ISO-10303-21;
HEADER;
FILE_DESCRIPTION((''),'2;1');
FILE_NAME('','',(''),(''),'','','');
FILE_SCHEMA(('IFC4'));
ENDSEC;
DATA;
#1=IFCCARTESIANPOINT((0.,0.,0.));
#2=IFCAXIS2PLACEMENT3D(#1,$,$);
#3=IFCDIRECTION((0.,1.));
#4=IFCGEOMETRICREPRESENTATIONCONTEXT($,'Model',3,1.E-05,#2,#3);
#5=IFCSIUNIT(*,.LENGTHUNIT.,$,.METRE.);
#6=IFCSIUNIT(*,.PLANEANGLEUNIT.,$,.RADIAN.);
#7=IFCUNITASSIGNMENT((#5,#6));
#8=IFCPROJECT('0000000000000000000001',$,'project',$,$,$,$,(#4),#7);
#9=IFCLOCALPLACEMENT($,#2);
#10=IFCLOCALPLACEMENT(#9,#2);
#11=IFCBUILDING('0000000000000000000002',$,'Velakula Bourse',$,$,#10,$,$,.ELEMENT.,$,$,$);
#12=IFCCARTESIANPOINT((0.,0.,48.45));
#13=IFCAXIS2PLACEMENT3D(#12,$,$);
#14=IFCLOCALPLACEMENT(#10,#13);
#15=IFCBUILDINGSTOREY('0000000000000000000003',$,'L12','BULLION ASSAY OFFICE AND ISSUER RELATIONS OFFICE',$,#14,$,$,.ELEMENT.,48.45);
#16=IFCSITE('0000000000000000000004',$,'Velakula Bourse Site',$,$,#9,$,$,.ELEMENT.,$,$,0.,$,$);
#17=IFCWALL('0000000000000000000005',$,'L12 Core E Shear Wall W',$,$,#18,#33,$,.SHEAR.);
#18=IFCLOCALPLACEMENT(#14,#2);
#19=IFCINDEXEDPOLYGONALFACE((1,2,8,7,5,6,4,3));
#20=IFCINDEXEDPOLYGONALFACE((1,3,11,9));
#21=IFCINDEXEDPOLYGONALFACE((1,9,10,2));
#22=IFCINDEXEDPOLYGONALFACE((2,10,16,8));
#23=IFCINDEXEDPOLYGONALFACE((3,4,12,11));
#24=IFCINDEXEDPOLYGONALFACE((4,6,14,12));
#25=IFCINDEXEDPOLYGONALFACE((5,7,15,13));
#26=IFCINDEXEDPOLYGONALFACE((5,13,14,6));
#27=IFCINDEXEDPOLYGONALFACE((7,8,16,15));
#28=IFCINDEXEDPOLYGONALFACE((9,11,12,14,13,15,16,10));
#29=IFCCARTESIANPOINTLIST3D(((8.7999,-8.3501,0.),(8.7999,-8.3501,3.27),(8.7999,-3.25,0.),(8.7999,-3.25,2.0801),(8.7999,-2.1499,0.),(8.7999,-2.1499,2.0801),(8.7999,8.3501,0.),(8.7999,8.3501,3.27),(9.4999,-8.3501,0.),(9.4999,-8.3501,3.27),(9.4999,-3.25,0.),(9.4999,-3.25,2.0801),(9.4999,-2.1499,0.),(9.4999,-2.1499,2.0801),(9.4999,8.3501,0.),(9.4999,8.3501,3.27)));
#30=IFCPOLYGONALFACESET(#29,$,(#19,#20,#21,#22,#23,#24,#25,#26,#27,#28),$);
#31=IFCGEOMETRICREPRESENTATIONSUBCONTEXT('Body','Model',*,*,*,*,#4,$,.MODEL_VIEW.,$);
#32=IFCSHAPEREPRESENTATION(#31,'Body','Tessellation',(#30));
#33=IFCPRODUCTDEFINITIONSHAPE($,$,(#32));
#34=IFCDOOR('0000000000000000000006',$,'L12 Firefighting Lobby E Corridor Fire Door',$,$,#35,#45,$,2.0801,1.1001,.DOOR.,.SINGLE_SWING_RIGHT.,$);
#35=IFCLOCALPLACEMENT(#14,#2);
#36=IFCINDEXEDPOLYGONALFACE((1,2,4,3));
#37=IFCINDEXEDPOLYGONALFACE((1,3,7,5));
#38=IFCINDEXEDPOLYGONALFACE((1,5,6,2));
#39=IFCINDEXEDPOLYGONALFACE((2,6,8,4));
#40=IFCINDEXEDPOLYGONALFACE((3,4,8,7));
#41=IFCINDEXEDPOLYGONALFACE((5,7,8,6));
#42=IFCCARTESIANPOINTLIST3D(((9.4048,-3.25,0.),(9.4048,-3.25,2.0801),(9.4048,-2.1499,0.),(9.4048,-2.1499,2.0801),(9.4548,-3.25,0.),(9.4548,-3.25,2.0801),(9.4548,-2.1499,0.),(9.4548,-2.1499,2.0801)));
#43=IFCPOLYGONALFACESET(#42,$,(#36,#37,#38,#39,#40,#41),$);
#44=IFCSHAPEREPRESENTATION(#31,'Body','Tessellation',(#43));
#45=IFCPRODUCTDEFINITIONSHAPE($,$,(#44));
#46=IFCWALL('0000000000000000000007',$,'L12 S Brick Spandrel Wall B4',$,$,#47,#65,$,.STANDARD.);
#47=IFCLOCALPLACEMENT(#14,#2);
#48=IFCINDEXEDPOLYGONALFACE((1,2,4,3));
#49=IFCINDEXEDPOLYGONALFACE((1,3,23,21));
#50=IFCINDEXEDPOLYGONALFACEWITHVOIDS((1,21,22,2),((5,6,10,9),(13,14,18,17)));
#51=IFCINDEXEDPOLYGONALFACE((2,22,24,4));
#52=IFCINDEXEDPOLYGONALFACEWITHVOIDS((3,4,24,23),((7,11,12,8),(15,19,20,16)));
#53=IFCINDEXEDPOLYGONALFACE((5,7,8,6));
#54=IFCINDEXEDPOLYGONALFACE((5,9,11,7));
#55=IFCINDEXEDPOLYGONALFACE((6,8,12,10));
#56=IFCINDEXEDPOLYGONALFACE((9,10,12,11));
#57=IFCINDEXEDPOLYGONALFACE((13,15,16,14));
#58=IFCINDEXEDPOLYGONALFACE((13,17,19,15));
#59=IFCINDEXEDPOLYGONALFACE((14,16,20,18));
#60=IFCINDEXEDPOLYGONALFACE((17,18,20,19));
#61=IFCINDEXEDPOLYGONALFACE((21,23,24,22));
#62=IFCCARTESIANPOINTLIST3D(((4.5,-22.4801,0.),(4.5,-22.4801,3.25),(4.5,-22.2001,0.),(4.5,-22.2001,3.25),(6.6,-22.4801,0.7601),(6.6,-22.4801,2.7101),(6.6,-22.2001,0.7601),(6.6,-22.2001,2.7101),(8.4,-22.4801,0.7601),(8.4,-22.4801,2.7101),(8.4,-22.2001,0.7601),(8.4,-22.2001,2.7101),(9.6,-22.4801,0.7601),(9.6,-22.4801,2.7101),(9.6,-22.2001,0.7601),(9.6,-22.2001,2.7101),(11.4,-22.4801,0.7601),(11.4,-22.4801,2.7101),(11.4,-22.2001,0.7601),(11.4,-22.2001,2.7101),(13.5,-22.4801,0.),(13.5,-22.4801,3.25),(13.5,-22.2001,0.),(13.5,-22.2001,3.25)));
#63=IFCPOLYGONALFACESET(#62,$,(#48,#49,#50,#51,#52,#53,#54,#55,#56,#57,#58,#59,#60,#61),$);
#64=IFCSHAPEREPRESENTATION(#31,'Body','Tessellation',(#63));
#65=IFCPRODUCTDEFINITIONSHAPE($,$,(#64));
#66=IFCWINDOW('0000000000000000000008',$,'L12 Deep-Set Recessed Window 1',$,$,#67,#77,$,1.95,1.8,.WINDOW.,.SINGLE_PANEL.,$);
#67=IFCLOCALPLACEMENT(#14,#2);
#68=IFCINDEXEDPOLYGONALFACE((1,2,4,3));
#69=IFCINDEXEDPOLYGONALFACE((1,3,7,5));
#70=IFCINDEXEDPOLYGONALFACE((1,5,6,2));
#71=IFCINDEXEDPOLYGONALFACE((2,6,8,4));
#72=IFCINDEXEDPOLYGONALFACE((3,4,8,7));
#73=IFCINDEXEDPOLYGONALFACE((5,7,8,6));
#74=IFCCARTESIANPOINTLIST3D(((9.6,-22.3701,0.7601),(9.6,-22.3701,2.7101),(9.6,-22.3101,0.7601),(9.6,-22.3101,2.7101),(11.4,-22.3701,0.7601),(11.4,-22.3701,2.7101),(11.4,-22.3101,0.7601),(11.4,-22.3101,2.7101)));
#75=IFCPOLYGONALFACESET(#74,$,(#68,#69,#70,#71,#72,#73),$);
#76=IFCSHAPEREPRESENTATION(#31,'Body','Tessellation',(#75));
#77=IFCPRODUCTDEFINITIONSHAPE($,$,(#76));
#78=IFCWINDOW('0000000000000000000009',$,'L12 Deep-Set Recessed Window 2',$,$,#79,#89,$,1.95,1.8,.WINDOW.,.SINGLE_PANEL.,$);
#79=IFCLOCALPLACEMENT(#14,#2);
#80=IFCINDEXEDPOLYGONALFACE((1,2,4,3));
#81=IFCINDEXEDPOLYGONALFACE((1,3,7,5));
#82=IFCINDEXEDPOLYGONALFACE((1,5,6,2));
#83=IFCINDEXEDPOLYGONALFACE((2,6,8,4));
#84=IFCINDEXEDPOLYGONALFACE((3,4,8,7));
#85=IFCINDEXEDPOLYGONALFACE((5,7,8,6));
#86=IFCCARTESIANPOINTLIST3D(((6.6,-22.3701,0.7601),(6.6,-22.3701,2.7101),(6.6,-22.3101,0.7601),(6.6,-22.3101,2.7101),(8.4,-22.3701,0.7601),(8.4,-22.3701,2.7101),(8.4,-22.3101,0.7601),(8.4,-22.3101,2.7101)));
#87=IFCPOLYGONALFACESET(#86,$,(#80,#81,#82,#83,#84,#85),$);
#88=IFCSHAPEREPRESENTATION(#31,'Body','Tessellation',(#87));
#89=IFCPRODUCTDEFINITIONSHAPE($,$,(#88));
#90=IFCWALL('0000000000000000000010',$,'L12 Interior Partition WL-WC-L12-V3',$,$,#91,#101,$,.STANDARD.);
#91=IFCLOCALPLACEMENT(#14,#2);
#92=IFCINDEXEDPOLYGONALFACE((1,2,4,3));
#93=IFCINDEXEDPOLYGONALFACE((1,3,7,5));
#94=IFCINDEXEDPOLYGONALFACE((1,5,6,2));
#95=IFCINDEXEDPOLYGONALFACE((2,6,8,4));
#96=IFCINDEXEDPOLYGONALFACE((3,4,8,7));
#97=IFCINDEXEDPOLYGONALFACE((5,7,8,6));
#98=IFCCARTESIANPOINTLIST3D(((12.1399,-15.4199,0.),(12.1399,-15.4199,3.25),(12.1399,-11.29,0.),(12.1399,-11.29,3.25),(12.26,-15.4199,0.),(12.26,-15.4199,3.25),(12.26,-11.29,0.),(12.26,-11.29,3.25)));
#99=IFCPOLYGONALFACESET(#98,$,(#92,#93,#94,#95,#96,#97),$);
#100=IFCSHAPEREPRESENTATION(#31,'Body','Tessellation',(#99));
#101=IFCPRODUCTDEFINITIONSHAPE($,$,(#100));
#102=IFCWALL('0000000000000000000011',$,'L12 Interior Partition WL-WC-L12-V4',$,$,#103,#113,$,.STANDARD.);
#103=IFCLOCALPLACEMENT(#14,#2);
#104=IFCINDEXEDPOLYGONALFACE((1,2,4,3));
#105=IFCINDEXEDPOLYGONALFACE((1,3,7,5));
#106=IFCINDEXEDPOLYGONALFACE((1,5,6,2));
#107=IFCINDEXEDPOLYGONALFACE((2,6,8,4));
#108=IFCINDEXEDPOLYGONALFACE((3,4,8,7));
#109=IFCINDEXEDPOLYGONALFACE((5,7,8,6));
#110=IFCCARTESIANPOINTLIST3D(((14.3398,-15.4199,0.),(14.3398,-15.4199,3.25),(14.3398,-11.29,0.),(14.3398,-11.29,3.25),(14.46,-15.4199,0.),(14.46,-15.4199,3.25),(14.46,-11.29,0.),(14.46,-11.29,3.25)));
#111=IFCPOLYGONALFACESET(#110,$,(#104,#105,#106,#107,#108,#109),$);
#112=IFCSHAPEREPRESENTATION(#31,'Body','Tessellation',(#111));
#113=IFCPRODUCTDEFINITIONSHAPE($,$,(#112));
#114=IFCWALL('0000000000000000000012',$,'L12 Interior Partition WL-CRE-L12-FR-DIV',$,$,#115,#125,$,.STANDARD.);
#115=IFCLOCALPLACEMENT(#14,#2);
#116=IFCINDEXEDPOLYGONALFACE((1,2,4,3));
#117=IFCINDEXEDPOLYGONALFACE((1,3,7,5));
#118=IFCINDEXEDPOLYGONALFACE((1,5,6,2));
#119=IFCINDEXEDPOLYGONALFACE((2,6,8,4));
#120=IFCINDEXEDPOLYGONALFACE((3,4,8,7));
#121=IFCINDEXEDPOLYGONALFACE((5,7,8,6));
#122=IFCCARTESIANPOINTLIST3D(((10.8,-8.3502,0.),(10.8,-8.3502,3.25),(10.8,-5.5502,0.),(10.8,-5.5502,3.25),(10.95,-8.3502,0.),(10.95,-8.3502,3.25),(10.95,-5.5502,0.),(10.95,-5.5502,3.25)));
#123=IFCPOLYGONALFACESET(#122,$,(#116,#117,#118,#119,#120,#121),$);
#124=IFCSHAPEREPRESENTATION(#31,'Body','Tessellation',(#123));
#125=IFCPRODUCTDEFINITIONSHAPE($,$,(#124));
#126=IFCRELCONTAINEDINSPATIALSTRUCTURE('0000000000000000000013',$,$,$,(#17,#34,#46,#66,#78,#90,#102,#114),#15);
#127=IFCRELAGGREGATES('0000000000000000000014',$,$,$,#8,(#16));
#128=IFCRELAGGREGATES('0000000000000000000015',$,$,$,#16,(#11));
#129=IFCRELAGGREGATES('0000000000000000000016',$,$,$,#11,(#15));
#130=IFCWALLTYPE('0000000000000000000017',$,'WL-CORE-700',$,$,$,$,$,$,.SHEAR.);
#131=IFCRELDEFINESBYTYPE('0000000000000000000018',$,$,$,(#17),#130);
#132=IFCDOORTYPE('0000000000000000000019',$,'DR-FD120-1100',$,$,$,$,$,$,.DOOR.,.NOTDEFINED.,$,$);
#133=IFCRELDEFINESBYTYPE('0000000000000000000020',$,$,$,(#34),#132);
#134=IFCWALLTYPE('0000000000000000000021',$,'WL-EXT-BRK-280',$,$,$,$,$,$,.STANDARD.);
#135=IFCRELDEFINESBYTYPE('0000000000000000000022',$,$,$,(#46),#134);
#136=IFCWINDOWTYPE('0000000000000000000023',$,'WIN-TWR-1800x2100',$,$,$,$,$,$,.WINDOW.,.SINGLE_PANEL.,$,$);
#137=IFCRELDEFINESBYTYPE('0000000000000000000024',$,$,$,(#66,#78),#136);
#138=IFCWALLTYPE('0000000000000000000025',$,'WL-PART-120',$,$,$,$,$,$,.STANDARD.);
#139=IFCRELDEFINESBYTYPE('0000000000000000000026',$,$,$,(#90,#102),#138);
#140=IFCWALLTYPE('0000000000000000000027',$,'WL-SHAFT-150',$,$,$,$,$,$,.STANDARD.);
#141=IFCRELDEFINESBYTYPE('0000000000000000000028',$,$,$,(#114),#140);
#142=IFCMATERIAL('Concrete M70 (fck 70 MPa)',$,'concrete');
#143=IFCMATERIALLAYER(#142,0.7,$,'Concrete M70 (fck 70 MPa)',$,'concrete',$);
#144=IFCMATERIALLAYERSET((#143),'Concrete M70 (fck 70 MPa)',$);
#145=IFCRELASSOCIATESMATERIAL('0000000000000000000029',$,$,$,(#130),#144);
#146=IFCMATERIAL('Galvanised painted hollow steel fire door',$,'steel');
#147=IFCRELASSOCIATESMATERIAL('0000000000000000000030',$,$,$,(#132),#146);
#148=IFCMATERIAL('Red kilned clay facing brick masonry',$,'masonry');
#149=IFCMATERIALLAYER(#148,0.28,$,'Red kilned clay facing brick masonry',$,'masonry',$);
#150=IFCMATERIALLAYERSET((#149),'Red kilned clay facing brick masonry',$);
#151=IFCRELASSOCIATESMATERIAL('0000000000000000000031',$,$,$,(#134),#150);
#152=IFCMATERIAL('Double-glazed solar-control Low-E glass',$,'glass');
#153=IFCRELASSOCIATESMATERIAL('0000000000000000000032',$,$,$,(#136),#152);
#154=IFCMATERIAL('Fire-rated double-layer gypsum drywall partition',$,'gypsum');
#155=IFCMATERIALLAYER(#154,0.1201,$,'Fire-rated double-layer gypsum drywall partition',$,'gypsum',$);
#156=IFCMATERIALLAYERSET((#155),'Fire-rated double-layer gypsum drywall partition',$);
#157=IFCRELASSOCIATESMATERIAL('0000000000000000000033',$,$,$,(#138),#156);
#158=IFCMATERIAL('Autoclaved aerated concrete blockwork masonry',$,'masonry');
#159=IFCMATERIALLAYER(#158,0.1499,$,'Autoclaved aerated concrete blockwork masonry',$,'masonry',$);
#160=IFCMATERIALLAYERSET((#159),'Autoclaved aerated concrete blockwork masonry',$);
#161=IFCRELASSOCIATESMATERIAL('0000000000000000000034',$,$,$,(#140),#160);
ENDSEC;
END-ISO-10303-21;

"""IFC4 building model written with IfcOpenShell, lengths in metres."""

from ifc_helpers import new_model, si_unit, direction, frame, frame_2d, origin, place, context, subcontext, project, spatial, rectangle, extrude, material, layer, layer_set, type_object, element, fill, save


model = new_model("IFC4")

# Units and contexts
model_context = context("Model", 3, precision=1e-05, world=origin(), true_north=direction((0.0, 1.0)))
body_context = subcontext(model_context, "Body", "Model", "MODEL_VIEW")
ifc_project = project(units=[si_unit("LENGTHUNIT", "METRE"), si_unit("PLANEANGLEUNIT", "RADIAN")], contexts=[model_context])

# Site, building, storey
site_placement = place(None, origin())
site = spatial("IfcSite", under=ifc_project, at=site_placement, Name="Velakula Bourse Site", CompositionType="ELEMENT", RefElevation=0.0)
building_placement = place(site_placement, origin())
building = spatial("IfcBuilding", under=site, at=building_placement, Name="Velakula Bourse", CompositionType="ELEMENT")
storey_placement = place(building_placement, frame((0.0, 0.0, 48.45)))
storey = spatial("IfcBuildingStorey", under=building, at=storey_placement, Name="L12", Description="BULLION ASSAY OFFICE AND ISSUER RELATIONS OFFICE", CompositionType="ELEMENT", Elevation=48.45)

# Shared definitions
ifc_material_1 = material(Name="Galvanised painted hollow steel fire door", Category="steel")

# Wall, opening, door
ifc_material_2 = material(Name="Concrete M70 (fck 70 MPa)", Category="concrete")
ifc_layer_1 = layer(ifc_material_2, 0.7, Name="Concrete M70 (fck 70 MPa)", Category="concrete")
ifc_layer_set_1 = layer_set([ifc_layer_1], Name="Concrete M70 (fck 70 MPa)")
wall_type_1 = type_object("IfcWallType", Name="WL-CORE-700", PredefinedType="SHEAR", material=ifc_layer_set_1)
wall_1_placement = place(storey_placement, frame((9.1499, -8.3501, 0.0), z_axis=(0.0, 0.0, 1.0), x_axis=(0.0, 1.0, 0.0)))
wall_1 = element("IfcWall", 1, at=wall_1_placement, inside=storey, type_object=wall_type_1, Name="L12 Core E Shear Wall W", PredefinedType="SHEAR", context=body_context, shape_type="SweptSolid", body=[
    extrude(rectangle(XDim=16.7002, YDim=0.7, at=frame_2d((8.3501, 0.0))), origin(), (0.0, 0.0, 1.0), 3.27),
])
opening_1_placement = place(wall_1_placement, frame((5.1001, 0.0, 0.0)))
opening_1 = element("IfcOpeningElement", 2, at=opening_1_placement, cuts=wall_1, PredefinedType="OPENING", context=body_context, shape_type="SweptSolid", body=[
    extrude(rectangle(XDim=1.1001, YDim=2.0801, at=frame_2d((0.55, 1.04))), frame((0.0, 0.3599, 0.0), z_axis=(0.0, -1.0, 0.0), x_axis=(1.0, 0.0, 0.0)), (0.0, 0.0, 1.0), 0.72),
])
door_type_1 = type_object("IfcDoorType", Name="DR-FD120-1100", OperationType="NOTDEFINED", PredefinedType="DOOR", material=ifc_material_1)
door_1_placement = place(opening_1_placement, origin())
door_1 = element("IfcDoor", 3, at=door_1_placement, inside=storey, type_object=door_type_1, Name="L12 Firefighting Lobby E Corridor Fire Door", OperationType="SINGLE_SWING_RIGHT", OverallHeight=2.0801, OverallWidth=1.1001, PredefinedType="DOOR", context=body_context, shape_type="SweptSolid", body=[
    extrude(rectangle(XDim=1.1001, YDim=2.0801, at=frame_2d((0.55, 1.04))), frame((0.0, -0.2549, 0.0), z_axis=(0.0, -1.0, 0.0), x_axis=(1.0, 0.0, 0.0)), (0.0, 0.0, 1.0), 0.05),
])
fill(opening_1, door_1)

# Wall, openings, windows
ifc_material_3 = material(Name="Red kilned clay facing brick masonry", Category="masonry")
ifc_layer_2 = layer(ifc_material_3, 0.28, Name="Red kilned clay facing brick masonry", Category="masonry")
ifc_layer_set_2 = layer_set([ifc_layer_2], Name="Red kilned clay facing brick masonry")
wall_type_2 = type_object("IfcWallType", Name="WL-EXT-BRK-280", PredefinedType="STANDARD", material=ifc_layer_set_2)
wall_2_placement = place(storey_placement, frame((13.5, -22.3401, 0.0), z_axis=(0.0, 0.0, 1.0), x_axis=(-1.0, 0.0, 0.0)))
wall_2 = element("IfcWall", 4, at=wall_2_placement, inside=storey, type_object=wall_type_2, Name="L12 S Brick Spandrel Wall B4", PredefinedType="STANDARD", context=body_context, shape_type="SweptSolid", body=[
    extrude(rectangle(XDim=9.0, YDim=0.28, at=frame_2d((4.5, 0.0))), origin(), (0.0, 0.0, 1.0), 3.25),
])
opening_2_placement = place(wall_2_placement, frame((2.1001, 0.0, 0.76)))
opening_2 = element("IfcOpeningElement", 5, at=opening_2_placement, cuts=wall_2, PredefinedType="OPENING", context=body_context, shape_type="SweptSolid", body=[
    extrude(rectangle(XDim=1.8, YDim=1.95, at=frame_2d((0.8999, 0.9751))), frame((0.0, 0.1499, 0.0), z_axis=(0.0, -1.0, 0.0), x_axis=(1.0, 0.0, 0.0)), (0.0, 0.0, 1.0), 0.3),
])
opening_3_placement = place(wall_2_placement, frame((5.1001, 0.0, 0.76)))
opening_3 = element("IfcOpeningElement", 6, at=opening_3_placement, cuts=wall_2, PredefinedType="OPENING", context=body_context, shape_type="SweptSolid", body=[
    extrude(rectangle(XDim=1.8, YDim=1.95, at=frame_2d((0.8999, 0.9751))), frame((0.0, 0.1499, 0.0), z_axis=(0.0, -1.0, 0.0), x_axis=(1.0, 0.0, 0.0)), (0.0, 0.0, 1.0), 0.3),
])
ifc_material_4 = material(Name="Double-glazed solar-control Low-E glass", Category="glass")
window_type = type_object("IfcWindowType", Name="WIN-TWR-1800x2100", PartitioningType="SINGLE_PANEL", PredefinedType="WINDOW", material=ifc_material_4)
window_1_placement = place(opening_2_placement, origin())
window_1 = element("IfcWindow", 7, at=window_1_placement, inside=storey, type_object=window_type, Name="L12 Deep-Set Recessed Window 1", OverallHeight=1.95, OverallWidth=1.8, PartitioningType="SINGLE_PANEL", PredefinedType="WINDOW", context=body_context, shape_type="SweptSolid", body=[
    extrude(rectangle(XDim=1.8, YDim=1.95, at=frame_2d((0.8999, 0.9751))), frame((0.0, 0.03, 0.0), z_axis=(0.0, -1.0, 0.0), x_axis=(1.0, 0.0, 0.0)), (0.0, 0.0, 1.0), 0.0601),
])
fill(opening_2, window_1)
window_2_placement = place(opening_3_placement, origin())
window_2 = element("IfcWindow", 8, at=window_2_placement, inside=storey, type_object=window_type, Name="L12 Deep-Set Recessed Window 2", OverallHeight=1.95, OverallWidth=1.8, PartitioningType="SINGLE_PANEL", PredefinedType="WINDOW", context=body_context, shape_type="SweptSolid", body=[
    extrude(rectangle(XDim=1.8, YDim=1.95, at=frame_2d((0.8999, 0.9751))), frame((0.0, 0.03, 0.0), z_axis=(0.0, -1.0, 0.0), x_axis=(1.0, 0.0, 0.0)), (0.0, 0.0, 1.0), 0.0601),
])
fill(opening_3, window_2)

# Walls
ifc_material_5 = material(Name="Fire-rated double-layer gypsum drywall partition", Category="gypsum")
ifc_layer_3 = layer(ifc_material_5, 0.1201, Name="Fire-rated double-layer gypsum drywall partition", Category="gypsum")
ifc_layer_set_3 = layer_set([ifc_layer_3], Name="Fire-rated double-layer gypsum drywall partition")
wall_type_3 = type_object("IfcWallType", Name="WL-PART-120", PredefinedType="STANDARD", material=ifc_layer_set_3)
for number, where, z_axis, x_axis, name in (
    (9, (12.2, -15.4199, 0.0), (0.0, 0.0, 1.0), (0.0, 1.0, 0.0), "L12 Interior Partition WL-WC-L12-V3"),
    (10, (14.3999, -15.4199, 0.0), (0.0, 0.0, 1.0), (0.0, 1.0, 0.0), "L12 Interior Partition WL-WC-L12-V4"),
):
    element("IfcWall", number, at=place(storey_placement, frame(where, z_axis=z_axis, x_axis=x_axis)), inside=storey, type_object=wall_type_3, Name=name, PredefinedType="STANDARD", context=body_context, shape_type="SweptSolid", body=[
        extrude(rectangle(XDim=4.1299, YDim=0.1201, at=frame_2d((2.0649, 0.0))), origin(), (0.0, 0.0, 1.0), 3.25),
    ])

# Shared definitions
ifc_material_6 = material(Name="Autoclaved aerated concrete blockwork masonry", Category="masonry")
ifc_layer_4 = layer(ifc_material_6, 0.1499, Name="Autoclaved aerated concrete blockwork masonry", Category="masonry")
ifc_layer_set_4 = layer_set([ifc_layer_4], Name="Autoclaved aerated concrete blockwork masonry")
wall_type_4 = type_object("IfcWallType", Name="WL-SHAFT-150", PredefinedType="STANDARD", material=ifc_layer_set_4)

# Wall
wall_3_placement = place(storey_placement, frame((10.875, -8.3501, 0.0), z_axis=(0.0, 0.0, 1.0), x_axis=(0.0, 1.0, 0.0)))
element("IfcWall", 11, at=wall_3_placement, inside=storey, type_object=wall_type_4, Name="L12 Interior Partition WL-CRE-L12-FR-DIV", PredefinedType="STANDARD", context=body_context, shape_type="SweptSolid", body=[
    extrude(rectangle(XDim=2.8, YDim=0.1499, at=frame_2d((1.3999, 0.0))), origin(), (0.0, 0.0, 1.0), 3.25),
])

save(model, "model.ifc")
